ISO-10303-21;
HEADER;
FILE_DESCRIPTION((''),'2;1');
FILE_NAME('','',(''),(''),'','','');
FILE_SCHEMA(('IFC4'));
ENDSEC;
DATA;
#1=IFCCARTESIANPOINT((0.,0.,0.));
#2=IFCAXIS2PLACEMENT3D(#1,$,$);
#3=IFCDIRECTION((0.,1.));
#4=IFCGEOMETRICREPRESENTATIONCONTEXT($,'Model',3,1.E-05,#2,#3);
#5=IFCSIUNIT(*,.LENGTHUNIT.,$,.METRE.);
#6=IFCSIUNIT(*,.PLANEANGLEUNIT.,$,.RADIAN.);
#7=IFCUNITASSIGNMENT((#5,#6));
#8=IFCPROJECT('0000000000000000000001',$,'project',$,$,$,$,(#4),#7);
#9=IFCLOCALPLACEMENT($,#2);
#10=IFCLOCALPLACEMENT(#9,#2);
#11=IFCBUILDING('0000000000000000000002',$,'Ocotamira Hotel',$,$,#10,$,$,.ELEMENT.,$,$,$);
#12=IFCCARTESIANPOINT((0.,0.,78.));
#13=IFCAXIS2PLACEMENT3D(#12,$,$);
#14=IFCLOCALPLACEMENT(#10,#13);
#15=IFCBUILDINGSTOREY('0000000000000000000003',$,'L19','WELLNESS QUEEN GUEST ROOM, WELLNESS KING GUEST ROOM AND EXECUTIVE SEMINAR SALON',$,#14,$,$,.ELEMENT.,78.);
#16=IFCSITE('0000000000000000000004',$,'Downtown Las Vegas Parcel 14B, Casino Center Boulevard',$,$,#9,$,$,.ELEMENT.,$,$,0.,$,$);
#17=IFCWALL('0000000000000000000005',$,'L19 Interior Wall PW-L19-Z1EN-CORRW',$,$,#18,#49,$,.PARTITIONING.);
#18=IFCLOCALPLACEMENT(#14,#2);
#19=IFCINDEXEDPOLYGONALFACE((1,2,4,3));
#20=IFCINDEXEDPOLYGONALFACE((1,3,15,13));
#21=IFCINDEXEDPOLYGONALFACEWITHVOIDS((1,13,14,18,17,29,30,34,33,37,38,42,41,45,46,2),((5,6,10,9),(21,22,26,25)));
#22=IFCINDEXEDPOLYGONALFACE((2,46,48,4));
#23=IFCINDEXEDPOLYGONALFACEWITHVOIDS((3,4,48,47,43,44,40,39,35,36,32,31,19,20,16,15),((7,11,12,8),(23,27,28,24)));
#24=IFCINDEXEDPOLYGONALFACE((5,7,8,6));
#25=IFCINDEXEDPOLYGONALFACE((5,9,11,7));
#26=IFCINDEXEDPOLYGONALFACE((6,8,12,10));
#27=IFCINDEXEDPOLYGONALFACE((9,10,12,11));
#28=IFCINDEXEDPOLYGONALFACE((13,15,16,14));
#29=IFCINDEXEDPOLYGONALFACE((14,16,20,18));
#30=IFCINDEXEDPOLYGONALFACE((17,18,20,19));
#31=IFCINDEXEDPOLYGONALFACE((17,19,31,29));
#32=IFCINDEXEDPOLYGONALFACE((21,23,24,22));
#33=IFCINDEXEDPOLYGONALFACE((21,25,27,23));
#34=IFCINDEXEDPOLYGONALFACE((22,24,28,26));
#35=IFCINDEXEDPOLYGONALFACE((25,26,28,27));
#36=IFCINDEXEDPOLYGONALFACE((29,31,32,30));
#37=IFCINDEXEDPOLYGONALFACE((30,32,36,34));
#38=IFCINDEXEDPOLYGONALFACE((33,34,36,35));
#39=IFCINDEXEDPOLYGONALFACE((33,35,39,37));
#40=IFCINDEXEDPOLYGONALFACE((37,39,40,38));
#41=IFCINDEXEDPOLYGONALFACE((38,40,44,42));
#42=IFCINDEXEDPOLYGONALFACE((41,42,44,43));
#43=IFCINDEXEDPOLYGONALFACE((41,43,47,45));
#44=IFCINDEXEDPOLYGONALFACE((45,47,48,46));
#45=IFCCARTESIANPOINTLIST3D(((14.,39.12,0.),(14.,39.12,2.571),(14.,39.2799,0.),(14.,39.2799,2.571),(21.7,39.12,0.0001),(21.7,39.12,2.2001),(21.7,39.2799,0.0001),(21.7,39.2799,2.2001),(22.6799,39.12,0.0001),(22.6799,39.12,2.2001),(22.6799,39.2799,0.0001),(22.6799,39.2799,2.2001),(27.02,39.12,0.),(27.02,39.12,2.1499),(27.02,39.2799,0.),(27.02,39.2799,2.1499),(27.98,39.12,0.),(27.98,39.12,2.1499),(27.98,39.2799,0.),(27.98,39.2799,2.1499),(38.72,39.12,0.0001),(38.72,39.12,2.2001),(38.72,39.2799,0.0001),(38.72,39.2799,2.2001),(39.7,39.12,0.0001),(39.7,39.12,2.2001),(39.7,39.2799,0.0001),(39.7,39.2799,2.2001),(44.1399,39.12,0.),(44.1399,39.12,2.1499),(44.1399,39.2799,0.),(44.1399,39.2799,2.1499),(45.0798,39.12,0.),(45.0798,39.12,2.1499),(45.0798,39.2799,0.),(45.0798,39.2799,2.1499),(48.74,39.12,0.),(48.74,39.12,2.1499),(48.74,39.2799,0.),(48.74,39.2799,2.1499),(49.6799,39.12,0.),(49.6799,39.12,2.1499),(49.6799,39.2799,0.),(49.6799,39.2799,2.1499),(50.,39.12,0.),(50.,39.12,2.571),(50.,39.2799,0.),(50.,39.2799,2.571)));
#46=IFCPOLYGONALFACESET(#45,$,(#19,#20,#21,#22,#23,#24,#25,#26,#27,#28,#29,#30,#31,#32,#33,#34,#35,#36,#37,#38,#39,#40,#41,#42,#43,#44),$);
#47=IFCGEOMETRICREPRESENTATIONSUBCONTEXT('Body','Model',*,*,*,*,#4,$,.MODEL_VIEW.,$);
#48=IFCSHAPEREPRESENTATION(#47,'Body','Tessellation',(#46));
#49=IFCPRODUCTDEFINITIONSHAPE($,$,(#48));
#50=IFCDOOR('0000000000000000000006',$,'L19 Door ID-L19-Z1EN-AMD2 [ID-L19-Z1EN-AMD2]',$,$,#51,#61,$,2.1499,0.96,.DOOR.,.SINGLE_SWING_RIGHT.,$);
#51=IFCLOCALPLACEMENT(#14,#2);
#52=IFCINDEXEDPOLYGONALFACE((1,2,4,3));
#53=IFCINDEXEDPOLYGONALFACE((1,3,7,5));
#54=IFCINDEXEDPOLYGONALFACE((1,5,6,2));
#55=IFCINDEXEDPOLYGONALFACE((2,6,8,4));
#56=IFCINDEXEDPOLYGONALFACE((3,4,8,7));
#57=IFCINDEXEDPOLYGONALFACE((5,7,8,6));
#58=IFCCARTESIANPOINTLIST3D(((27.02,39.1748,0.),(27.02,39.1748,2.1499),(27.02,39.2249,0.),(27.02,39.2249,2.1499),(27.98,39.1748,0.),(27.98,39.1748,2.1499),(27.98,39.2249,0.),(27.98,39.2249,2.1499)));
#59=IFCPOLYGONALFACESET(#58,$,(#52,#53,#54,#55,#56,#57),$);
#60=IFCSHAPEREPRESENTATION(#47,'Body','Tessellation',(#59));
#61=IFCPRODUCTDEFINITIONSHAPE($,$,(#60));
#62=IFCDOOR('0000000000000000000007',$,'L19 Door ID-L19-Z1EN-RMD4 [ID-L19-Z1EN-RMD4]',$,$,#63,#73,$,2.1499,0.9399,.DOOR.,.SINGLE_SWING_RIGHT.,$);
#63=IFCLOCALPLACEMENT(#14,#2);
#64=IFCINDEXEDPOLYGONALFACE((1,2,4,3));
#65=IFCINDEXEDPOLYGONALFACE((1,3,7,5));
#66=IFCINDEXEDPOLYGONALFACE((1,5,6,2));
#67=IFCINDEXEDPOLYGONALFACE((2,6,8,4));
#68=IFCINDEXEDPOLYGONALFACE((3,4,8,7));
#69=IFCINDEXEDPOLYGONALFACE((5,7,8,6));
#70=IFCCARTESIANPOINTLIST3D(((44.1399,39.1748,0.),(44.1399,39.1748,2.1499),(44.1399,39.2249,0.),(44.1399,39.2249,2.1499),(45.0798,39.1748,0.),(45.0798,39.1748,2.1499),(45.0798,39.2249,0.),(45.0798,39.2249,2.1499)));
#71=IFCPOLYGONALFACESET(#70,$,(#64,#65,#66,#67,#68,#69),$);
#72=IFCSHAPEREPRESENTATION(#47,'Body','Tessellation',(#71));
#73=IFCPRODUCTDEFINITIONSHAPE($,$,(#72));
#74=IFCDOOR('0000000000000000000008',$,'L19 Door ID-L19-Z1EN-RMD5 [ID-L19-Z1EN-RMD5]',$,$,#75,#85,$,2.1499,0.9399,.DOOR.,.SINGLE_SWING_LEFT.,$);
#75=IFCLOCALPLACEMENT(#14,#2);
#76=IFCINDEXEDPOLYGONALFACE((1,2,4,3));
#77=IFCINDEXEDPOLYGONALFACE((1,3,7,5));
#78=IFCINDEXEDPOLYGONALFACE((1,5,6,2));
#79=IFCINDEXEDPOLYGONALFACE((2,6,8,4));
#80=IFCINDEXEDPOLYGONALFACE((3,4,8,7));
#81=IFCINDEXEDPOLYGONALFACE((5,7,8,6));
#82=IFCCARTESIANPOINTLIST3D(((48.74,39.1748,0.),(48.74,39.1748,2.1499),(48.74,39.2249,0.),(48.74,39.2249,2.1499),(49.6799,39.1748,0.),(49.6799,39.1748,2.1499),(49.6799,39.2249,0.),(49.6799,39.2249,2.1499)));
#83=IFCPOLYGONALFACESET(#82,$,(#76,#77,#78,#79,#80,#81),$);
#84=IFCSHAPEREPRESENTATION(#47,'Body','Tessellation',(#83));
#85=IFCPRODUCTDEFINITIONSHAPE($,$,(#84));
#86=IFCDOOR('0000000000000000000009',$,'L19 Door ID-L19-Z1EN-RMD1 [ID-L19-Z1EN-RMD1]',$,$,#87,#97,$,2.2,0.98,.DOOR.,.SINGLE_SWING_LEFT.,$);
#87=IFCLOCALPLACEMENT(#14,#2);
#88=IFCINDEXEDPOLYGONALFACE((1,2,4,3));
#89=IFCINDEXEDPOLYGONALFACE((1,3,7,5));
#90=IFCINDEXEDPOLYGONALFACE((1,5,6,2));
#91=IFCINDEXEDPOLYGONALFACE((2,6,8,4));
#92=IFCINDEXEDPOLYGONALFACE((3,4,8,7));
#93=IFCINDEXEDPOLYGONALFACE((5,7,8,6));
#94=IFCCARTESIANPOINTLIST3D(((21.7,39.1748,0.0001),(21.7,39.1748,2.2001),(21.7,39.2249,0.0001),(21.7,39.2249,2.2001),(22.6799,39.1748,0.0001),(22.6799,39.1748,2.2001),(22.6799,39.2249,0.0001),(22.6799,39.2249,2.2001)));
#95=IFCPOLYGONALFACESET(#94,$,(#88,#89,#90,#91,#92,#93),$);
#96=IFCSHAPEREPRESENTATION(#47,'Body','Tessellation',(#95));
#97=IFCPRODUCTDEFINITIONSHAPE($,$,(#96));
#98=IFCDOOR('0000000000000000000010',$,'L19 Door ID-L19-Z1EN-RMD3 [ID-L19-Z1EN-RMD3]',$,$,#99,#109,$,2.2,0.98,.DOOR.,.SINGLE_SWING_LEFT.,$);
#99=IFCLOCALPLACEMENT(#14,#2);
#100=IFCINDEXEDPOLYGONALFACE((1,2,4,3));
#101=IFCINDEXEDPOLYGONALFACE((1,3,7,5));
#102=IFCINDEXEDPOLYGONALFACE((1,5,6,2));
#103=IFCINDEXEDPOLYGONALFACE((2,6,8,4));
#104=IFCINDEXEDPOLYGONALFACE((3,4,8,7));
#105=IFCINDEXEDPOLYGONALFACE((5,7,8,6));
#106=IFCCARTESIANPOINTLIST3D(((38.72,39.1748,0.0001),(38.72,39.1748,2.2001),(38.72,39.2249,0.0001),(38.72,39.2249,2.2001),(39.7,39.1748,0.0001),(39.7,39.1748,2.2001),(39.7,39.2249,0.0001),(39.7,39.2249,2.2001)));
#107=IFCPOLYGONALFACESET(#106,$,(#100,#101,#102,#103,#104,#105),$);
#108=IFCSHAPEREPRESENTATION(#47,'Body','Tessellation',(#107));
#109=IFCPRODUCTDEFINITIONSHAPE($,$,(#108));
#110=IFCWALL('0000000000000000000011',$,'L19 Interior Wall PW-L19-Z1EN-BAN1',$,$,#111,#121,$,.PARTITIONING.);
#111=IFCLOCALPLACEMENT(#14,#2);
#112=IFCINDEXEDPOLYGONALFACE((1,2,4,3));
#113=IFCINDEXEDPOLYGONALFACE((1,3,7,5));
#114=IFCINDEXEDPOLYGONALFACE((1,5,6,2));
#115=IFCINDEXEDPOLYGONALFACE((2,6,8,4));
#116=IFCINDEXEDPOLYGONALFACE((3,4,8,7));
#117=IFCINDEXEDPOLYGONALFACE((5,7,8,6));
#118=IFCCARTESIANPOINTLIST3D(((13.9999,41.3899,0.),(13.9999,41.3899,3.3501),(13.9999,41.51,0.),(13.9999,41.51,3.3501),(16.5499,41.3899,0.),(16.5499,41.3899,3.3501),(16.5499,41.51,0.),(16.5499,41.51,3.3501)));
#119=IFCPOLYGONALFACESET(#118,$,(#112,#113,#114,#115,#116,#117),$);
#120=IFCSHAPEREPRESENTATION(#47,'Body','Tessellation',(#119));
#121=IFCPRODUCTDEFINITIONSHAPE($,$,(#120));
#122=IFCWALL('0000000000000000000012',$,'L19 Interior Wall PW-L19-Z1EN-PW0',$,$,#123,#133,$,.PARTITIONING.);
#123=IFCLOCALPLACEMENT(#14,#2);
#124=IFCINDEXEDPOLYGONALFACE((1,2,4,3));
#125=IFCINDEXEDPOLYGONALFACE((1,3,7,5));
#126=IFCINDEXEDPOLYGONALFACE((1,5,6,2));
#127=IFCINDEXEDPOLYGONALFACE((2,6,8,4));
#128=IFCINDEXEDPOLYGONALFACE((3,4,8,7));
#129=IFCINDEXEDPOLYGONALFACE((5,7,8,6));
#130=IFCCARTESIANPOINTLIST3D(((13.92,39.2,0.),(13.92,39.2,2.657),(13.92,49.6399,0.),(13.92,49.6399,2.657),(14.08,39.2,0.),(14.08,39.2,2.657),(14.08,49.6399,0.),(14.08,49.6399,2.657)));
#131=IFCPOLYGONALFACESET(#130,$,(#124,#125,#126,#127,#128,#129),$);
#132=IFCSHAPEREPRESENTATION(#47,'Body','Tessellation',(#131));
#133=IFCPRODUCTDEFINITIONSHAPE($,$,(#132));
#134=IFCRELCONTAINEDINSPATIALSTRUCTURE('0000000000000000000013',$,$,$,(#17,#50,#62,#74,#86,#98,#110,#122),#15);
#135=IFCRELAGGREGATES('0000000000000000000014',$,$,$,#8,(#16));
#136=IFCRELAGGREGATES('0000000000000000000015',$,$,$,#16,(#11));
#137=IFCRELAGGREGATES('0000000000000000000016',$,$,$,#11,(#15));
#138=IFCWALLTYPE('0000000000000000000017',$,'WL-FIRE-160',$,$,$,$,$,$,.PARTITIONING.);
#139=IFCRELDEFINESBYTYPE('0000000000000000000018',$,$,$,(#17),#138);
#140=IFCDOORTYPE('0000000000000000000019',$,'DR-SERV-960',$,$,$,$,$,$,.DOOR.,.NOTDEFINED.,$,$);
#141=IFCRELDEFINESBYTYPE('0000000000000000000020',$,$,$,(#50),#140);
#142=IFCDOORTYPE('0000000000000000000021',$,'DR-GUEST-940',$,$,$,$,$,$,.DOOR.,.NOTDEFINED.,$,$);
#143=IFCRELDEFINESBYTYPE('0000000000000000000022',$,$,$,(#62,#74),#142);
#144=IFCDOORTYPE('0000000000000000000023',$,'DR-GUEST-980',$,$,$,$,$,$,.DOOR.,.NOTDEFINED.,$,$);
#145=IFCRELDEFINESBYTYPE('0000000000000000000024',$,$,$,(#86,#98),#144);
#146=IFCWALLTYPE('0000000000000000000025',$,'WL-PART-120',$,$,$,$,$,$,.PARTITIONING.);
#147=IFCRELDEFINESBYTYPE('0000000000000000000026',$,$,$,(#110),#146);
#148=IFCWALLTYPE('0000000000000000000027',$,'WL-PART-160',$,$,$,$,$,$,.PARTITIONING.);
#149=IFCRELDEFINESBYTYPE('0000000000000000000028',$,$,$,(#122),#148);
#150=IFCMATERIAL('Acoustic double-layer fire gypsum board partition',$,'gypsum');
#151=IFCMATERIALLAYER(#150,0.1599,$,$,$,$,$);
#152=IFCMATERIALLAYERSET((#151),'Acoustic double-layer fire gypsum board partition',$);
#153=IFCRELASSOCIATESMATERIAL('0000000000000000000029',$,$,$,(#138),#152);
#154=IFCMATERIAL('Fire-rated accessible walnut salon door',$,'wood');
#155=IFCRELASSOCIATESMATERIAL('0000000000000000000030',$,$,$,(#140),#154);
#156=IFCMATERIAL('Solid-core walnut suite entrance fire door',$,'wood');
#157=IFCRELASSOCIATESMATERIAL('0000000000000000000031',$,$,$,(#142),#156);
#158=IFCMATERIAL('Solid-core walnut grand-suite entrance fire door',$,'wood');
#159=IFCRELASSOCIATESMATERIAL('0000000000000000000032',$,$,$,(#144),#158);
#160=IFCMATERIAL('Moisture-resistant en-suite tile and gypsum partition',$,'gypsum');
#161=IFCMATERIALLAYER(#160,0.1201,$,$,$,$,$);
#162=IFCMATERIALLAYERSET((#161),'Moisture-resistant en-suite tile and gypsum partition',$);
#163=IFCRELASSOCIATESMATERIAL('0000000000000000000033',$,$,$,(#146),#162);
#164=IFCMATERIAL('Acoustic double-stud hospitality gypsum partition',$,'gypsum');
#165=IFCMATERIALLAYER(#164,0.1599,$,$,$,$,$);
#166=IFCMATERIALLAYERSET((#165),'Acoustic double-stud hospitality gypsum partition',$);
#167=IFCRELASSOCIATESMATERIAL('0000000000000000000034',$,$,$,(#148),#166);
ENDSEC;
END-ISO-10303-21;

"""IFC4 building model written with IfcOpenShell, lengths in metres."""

from ifc_helpers import new_model, si_unit, direction, frame, frame_2d, origin, place, context, subcontext, project, spatial, rectangle, extrude, source, transform, mapped, material, layer, layer_set, type_object, element, fill, save


model = new_model("IFC4")

# Units and contexts
model_context = context("Model", 3, precision=1e-05, world=origin(), true_north=direction((0.0, 1.0)))
body_context = subcontext(model_context, "Body", "Model", "MODEL_VIEW")
ifc_project = project(units=[si_unit("LENGTHUNIT", "METRE"), si_unit("PLANEANGLEUNIT", "RADIAN")], contexts=[model_context])

# Site, building, storey
site_placement = place(None, origin())
site = spatial("IfcSite", under=ifc_project, at=site_placement, Name="Downtown Las Vegas Parcel 14B, Casino Center Boulevard", CompositionType="ELEMENT", RefElevation=0.0)
building_placement = place(site_placement, origin())
building = spatial("IfcBuilding", under=site, at=building_placement, Name="Ocotamira Hotel", CompositionType="ELEMENT")
storey_placement = place(building_placement, frame((0.0, 0.0, 78.0)))
storey = spatial("IfcBuildingStorey", under=building, at=storey_placement, Name="L19", Description="WELLNESS QUEEN GUEST ROOM, WELLNESS KING GUEST ROOM AND EXECUTIVE SEMINAR SALON", CompositionType="ELEMENT", Elevation=78.0)

# Shared definitions
ifc_material_1 = material(Name="Acoustic double-layer fire gypsum board partition", Category="gypsum")
ifc_layer_1 = layer(ifc_material_1, 0.1599)
ifc_layer_set_1 = layer_set([ifc_layer_1], Name="Acoustic double-layer fire gypsum board partition")
wall_type_1 = type_object("IfcWallType", Name="WL-FIRE-160", PredefinedType="PARTITIONING", material=ifc_layer_set_1)
ifc_material_2 = material(Name="Fire-rated accessible walnut salon door", Category="wood")
door_type_1 = type_object("IfcDoorType", Name="DR-SERV-960", OperationType="NOTDEFINED", PredefinedType="DOOR", material=ifc_material_2)
shared_shape_1 = source(origin(), body_context, "Body", "SweptSolid", [
    extrude(rectangle(XDim=0.96, YDim=2.1499, at=frame_2d((0.48, 1.075))), frame((0.0, 0.0249, 0.0), z_axis=(0.0, -1.0, 0.0), x_axis=(1.0, 0.0, 0.0)), (0.0, 0.0, 1.0), 0.05),
])

# Wall, openings, doors
wall_1_placement = place(storey_placement, frame((14.0, 39.2, 0.0), z_axis=(0.0, 0.0, 1.0), x_axis=(1.0, 0.0, 0.0)))
wall_1 = element("IfcWall", 1, at=wall_1_placement, inside=storey, type_object=wall_type_1, Name="L19 Interior Wall PW-L19-Z1EN-CORRW", PredefinedType="PARTITIONING", context=body_context, shape_type="SweptSolid", body=[
    extrude(rectangle(XDim=36.0, YDim=0.1599, at=frame_2d((18.0, 0.0))), origin(), (0.0, 0.0, 1.0), 2.571),
])
opening_1_placement = place(wall_1_placement, frame((7.7, 0.0, 0.0)))
opening_1 = element("IfcOpeningElement", 2, at=opening_1_placement, cuts=wall_1, PredefinedType="OPENING", context=body_context, shape_type="SweptSolid", body=[
    extrude(rectangle(XDim=0.98, YDim=2.2, at=frame_2d((0.49, 1.1001))), frame((0.0, 0.0898, 0.0), z_axis=(0.0, -1.0, 0.0), x_axis=(1.0, 0.0, 0.0)), (0.0, 0.0, 1.0), 0.1799),
])
opening_2_placement = place(wall_1_placement, frame((13.02, 0.0, 0.0)))
opening_2 = element("IfcOpeningElement", 3, at=opening_2_placement, cuts=wall_1, PredefinedType="OPENING", context=body_context, shape_type="SweptSolid", body=[
    extrude(rectangle(XDim=0.96, YDim=2.1499, at=frame_2d((0.48, 1.075))), frame((0.0, 0.0898, 0.0), z_axis=(0.0, -1.0, 0.0), x_axis=(1.0, 0.0, 0.0)), (0.0, 0.0, 1.0), 0.1799),
])
opening_3_placement = place(wall_1_placement, frame((24.72, 0.0, 0.0)))
opening_3 = element("IfcOpeningElement", 4, at=opening_3_placement, cuts=wall_1, PredefinedType="OPENING", context=body_context, shape_type="SweptSolid", body=[
    extrude(rectangle(XDim=0.98, YDim=2.2, at=frame_2d((0.49, 1.1001))), frame((0.0, 0.0898, 0.0), z_axis=(0.0, -1.0, 0.0), x_axis=(1.0, 0.0, 0.0)), (0.0, 0.0, 1.0), 0.1799),
])
opening_4_placement = place(wall_1_placement, frame((30.1399, 0.0, 0.0)))
opening_4 = element("IfcOpeningElement", 5, at=opening_4_placement, cuts=wall_1, PredefinedType="OPENING", context=body_context, shape_type="SweptSolid", body=[
    extrude(rectangle(XDim=0.9399, YDim=2.1499, at=frame_2d((0.47, 1.075))), frame((0.0, 0.0898, 0.0), z_axis=(0.0, -1.0, 0.0), x_axis=(1.0, 0.0, 0.0)), (0.0, 0.0, 1.0), 0.1799),
])
opening_5_placement = place(wall_1_placement, frame((34.74, 0.0, 0.0)))
opening_5 = element("IfcOpeningElement", 6, at=opening_5_placement, cuts=wall_1, PredefinedType="OPENING", context=body_context, shape_type="SweptSolid", body=[
    extrude(rectangle(XDim=0.9399, YDim=2.1499, at=frame_2d((0.47, 1.075))), frame((0.0, 0.0898, 0.0), z_axis=(0.0, -1.0, 0.0), x_axis=(1.0, 0.0, 0.0)), (0.0, 0.0, 1.0), 0.1799),
])
door_1_placement = place(opening_2_placement, origin())
door_1 = element("IfcDoor", 7, at=door_1_placement, inside=storey, type_object=door_type_1, Name="L19 Door ID-L19-Z1EN-AMD2 [ID-L19-Z1EN-AMD2]", OperationType="SINGLE_SWING_RIGHT", OverallHeight=2.1499, OverallWidth=0.96, PredefinedType="DOOR", context=body_context, shape_type="MappedRepresentation", body=[
    mapped(shared_shape_1, transform((0.0, 0.0, 0.0), scale=1.0)),
])
fill(opening_2, door_1)
ifc_material_3 = material(Name="Solid-core walnut suite entrance fire door", Category="wood")
door_type_2 = type_object("IfcDoorType", Name="DR-GUEST-940", OperationType="NOTDEFINED", PredefinedType="DOOR", material=ifc_material_3)
shared_shape_2 = source(origin(), body_context, "Body", "SweptSolid", [
    extrude(rectangle(XDim=0.9399, YDim=2.1499, at=frame_2d((0.47, 1.075))), frame((0.0, 0.0249, 0.0), z_axis=(0.0, -1.0, 0.0), x_axis=(1.0, 0.0, 0.0)), (0.0, 0.0, 1.0), 0.05),
])
door_2_placement = place(opening_4_placement, origin())
door_2 = element("IfcDoor", 8, at=door_2_placement, inside=storey, type_object=door_type_2, Name="L19 Door ID-L19-Z1EN-RMD4 [ID-L19-Z1EN-RMD4]", OperationType="SINGLE_SWING_RIGHT", OverallHeight=2.1499, OverallWidth=0.9399, PredefinedType="DOOR", context=body_context, shape_type="MappedRepresentation", body=[
    mapped(shared_shape_2, transform((0.0, 0.0, 0.0), scale=1.0)),
])
fill(opening_4, door_2)
door_3_placement = place(opening_5_placement, origin())
door_3 = element("IfcDoor", 9, at=door_3_placement, inside=storey, type_object=door_type_2, Name="L19 Door ID-L19-Z1EN-RMD5 [ID-L19-Z1EN-RMD5]", OperationType="SINGLE_SWING_LEFT", OverallHeight=2.1499, OverallWidth=0.9399, PredefinedType="DOOR", context=body_context, shape_type="MappedRepresentation", body=[
    mapped(shared_shape_2, transform((0.0, 0.0, 0.0), scale=1.0)),
])
fill(opening_5, door_3)
ifc_material_4 = material(Name="Solid-core walnut grand-suite entrance fire door", Category="wood")
door_type_3 = type_object("IfcDoorType", Name="DR-GUEST-980", OperationType="NOTDEFINED", PredefinedType="DOOR", material=ifc_material_4)
shared_shape_3 = source(origin(), body_context, "Body", "SweptSolid", [
    extrude(rectangle(XDim=0.98, YDim=2.2, at=frame_2d((0.49, 1.1001))), frame((0.0, 0.0249, 0.0), z_axis=(0.0, -1.0, 0.0), x_axis=(1.0, 0.0, 0.0)), (0.0, 0.0, 1.0), 0.05),
])
door_4_placement = place(opening_1_placement, origin())
door_4 = element("IfcDoor", 10, at=door_4_placement, inside=storey, type_object=door_type_3, Name="L19 Door ID-L19-Z1EN-RMD1 [ID-L19-Z1EN-RMD1]", OperationType="SINGLE_SWING_LEFT", OverallHeight=2.2, OverallWidth=0.98, PredefinedType="DOOR", context=body_context, shape_type="MappedRepresentation", body=[
    mapped(shared_shape_3, transform((0.0, 0.0, 0.0), scale=1.0)),
])
fill(opening_1, door_4)
door_5_placement = place(opening_3_placement, origin())
door_5 = element("IfcDoor", 11, at=door_5_placement, inside=storey, type_object=door_type_3, Name="L19 Door ID-L19-Z1EN-RMD3 [ID-L19-Z1EN-RMD3]", OperationType="SINGLE_SWING_LEFT", OverallHeight=2.2, OverallWidth=0.98, PredefinedType="DOOR", context=body_context, shape_type="MappedRepresentation", body=[
    mapped(shared_shape_3, transform((0.0, 0.0, 0.0), scale=1.0)),
])
fill(opening_3, door_5)

# Walls
ifc_material_5 = material(Name="Moisture-resistant en-suite tile and gypsum partition", Category="gypsum")
ifc_layer_2 = layer(ifc_material_5, 0.1201)
ifc_layer_set_2 = layer_set([ifc_layer_2], Name="Moisture-resistant en-suite tile and gypsum partition")
wall_type_2 = type_object("IfcWallType", Name="WL-PART-120", PredefinedType="PARTITIONING", material=ifc_layer_set_2)
wall_2_placement = place(storey_placement, frame((14.0, 41.45, 0.0), z_axis=(0.0, 0.0, 1.0), x_axis=(1.0, 0.0, 0.0)))
element("IfcWall", 12, at=wall_2_placement, inside=storey, type_object=wall_type_2, Name="L19 Interior Wall PW-L19-Z1EN-BAN1", PredefinedType="PARTITIONING", context=body_context, shape_type="SweptSolid", body=[
    extrude(rectangle(XDim=2.55, YDim=0.1201, at=frame_2d((1.2749, 0.0))), origin(), (0.0, 0.0, 1.0), 3.3501),
])
ifc_material_6 = material(Name="Acoustic double-stud hospitality gypsum partition", Category="gypsum")
ifc_layer_3 = layer(ifc_material_6, 0.1599)
ifc_layer_set_3 = layer_set([ifc_layer_3], Name="Acoustic double-stud hospitality gypsum partition")
wall_type_3 = type_object("IfcWallType", Name="WL-PART-160", PredefinedType="PARTITIONING", material=ifc_layer_set_3)
wall_3_placement = place(storey_placement, frame((14.0, 39.2, 0.0), z_axis=(0.0, 0.0, 1.0), x_axis=(0.0, 1.0, 0.0)))
element("IfcWall", 13, at=wall_3_placement, inside=storey, type_object=wall_type_3, Name="L19 Interior Wall PW-L19-Z1EN-PW0", PredefinedType="PARTITIONING", context=body_context, shape_type="SweptSolid", body=[
    extrude(rectangle(XDim=10.4399, YDim=0.1599, at=frame_2d((5.22, 0.0))), origin(), (0.0, 0.0, 1.0), 2.657),
])

save(model, "model.ifc")
